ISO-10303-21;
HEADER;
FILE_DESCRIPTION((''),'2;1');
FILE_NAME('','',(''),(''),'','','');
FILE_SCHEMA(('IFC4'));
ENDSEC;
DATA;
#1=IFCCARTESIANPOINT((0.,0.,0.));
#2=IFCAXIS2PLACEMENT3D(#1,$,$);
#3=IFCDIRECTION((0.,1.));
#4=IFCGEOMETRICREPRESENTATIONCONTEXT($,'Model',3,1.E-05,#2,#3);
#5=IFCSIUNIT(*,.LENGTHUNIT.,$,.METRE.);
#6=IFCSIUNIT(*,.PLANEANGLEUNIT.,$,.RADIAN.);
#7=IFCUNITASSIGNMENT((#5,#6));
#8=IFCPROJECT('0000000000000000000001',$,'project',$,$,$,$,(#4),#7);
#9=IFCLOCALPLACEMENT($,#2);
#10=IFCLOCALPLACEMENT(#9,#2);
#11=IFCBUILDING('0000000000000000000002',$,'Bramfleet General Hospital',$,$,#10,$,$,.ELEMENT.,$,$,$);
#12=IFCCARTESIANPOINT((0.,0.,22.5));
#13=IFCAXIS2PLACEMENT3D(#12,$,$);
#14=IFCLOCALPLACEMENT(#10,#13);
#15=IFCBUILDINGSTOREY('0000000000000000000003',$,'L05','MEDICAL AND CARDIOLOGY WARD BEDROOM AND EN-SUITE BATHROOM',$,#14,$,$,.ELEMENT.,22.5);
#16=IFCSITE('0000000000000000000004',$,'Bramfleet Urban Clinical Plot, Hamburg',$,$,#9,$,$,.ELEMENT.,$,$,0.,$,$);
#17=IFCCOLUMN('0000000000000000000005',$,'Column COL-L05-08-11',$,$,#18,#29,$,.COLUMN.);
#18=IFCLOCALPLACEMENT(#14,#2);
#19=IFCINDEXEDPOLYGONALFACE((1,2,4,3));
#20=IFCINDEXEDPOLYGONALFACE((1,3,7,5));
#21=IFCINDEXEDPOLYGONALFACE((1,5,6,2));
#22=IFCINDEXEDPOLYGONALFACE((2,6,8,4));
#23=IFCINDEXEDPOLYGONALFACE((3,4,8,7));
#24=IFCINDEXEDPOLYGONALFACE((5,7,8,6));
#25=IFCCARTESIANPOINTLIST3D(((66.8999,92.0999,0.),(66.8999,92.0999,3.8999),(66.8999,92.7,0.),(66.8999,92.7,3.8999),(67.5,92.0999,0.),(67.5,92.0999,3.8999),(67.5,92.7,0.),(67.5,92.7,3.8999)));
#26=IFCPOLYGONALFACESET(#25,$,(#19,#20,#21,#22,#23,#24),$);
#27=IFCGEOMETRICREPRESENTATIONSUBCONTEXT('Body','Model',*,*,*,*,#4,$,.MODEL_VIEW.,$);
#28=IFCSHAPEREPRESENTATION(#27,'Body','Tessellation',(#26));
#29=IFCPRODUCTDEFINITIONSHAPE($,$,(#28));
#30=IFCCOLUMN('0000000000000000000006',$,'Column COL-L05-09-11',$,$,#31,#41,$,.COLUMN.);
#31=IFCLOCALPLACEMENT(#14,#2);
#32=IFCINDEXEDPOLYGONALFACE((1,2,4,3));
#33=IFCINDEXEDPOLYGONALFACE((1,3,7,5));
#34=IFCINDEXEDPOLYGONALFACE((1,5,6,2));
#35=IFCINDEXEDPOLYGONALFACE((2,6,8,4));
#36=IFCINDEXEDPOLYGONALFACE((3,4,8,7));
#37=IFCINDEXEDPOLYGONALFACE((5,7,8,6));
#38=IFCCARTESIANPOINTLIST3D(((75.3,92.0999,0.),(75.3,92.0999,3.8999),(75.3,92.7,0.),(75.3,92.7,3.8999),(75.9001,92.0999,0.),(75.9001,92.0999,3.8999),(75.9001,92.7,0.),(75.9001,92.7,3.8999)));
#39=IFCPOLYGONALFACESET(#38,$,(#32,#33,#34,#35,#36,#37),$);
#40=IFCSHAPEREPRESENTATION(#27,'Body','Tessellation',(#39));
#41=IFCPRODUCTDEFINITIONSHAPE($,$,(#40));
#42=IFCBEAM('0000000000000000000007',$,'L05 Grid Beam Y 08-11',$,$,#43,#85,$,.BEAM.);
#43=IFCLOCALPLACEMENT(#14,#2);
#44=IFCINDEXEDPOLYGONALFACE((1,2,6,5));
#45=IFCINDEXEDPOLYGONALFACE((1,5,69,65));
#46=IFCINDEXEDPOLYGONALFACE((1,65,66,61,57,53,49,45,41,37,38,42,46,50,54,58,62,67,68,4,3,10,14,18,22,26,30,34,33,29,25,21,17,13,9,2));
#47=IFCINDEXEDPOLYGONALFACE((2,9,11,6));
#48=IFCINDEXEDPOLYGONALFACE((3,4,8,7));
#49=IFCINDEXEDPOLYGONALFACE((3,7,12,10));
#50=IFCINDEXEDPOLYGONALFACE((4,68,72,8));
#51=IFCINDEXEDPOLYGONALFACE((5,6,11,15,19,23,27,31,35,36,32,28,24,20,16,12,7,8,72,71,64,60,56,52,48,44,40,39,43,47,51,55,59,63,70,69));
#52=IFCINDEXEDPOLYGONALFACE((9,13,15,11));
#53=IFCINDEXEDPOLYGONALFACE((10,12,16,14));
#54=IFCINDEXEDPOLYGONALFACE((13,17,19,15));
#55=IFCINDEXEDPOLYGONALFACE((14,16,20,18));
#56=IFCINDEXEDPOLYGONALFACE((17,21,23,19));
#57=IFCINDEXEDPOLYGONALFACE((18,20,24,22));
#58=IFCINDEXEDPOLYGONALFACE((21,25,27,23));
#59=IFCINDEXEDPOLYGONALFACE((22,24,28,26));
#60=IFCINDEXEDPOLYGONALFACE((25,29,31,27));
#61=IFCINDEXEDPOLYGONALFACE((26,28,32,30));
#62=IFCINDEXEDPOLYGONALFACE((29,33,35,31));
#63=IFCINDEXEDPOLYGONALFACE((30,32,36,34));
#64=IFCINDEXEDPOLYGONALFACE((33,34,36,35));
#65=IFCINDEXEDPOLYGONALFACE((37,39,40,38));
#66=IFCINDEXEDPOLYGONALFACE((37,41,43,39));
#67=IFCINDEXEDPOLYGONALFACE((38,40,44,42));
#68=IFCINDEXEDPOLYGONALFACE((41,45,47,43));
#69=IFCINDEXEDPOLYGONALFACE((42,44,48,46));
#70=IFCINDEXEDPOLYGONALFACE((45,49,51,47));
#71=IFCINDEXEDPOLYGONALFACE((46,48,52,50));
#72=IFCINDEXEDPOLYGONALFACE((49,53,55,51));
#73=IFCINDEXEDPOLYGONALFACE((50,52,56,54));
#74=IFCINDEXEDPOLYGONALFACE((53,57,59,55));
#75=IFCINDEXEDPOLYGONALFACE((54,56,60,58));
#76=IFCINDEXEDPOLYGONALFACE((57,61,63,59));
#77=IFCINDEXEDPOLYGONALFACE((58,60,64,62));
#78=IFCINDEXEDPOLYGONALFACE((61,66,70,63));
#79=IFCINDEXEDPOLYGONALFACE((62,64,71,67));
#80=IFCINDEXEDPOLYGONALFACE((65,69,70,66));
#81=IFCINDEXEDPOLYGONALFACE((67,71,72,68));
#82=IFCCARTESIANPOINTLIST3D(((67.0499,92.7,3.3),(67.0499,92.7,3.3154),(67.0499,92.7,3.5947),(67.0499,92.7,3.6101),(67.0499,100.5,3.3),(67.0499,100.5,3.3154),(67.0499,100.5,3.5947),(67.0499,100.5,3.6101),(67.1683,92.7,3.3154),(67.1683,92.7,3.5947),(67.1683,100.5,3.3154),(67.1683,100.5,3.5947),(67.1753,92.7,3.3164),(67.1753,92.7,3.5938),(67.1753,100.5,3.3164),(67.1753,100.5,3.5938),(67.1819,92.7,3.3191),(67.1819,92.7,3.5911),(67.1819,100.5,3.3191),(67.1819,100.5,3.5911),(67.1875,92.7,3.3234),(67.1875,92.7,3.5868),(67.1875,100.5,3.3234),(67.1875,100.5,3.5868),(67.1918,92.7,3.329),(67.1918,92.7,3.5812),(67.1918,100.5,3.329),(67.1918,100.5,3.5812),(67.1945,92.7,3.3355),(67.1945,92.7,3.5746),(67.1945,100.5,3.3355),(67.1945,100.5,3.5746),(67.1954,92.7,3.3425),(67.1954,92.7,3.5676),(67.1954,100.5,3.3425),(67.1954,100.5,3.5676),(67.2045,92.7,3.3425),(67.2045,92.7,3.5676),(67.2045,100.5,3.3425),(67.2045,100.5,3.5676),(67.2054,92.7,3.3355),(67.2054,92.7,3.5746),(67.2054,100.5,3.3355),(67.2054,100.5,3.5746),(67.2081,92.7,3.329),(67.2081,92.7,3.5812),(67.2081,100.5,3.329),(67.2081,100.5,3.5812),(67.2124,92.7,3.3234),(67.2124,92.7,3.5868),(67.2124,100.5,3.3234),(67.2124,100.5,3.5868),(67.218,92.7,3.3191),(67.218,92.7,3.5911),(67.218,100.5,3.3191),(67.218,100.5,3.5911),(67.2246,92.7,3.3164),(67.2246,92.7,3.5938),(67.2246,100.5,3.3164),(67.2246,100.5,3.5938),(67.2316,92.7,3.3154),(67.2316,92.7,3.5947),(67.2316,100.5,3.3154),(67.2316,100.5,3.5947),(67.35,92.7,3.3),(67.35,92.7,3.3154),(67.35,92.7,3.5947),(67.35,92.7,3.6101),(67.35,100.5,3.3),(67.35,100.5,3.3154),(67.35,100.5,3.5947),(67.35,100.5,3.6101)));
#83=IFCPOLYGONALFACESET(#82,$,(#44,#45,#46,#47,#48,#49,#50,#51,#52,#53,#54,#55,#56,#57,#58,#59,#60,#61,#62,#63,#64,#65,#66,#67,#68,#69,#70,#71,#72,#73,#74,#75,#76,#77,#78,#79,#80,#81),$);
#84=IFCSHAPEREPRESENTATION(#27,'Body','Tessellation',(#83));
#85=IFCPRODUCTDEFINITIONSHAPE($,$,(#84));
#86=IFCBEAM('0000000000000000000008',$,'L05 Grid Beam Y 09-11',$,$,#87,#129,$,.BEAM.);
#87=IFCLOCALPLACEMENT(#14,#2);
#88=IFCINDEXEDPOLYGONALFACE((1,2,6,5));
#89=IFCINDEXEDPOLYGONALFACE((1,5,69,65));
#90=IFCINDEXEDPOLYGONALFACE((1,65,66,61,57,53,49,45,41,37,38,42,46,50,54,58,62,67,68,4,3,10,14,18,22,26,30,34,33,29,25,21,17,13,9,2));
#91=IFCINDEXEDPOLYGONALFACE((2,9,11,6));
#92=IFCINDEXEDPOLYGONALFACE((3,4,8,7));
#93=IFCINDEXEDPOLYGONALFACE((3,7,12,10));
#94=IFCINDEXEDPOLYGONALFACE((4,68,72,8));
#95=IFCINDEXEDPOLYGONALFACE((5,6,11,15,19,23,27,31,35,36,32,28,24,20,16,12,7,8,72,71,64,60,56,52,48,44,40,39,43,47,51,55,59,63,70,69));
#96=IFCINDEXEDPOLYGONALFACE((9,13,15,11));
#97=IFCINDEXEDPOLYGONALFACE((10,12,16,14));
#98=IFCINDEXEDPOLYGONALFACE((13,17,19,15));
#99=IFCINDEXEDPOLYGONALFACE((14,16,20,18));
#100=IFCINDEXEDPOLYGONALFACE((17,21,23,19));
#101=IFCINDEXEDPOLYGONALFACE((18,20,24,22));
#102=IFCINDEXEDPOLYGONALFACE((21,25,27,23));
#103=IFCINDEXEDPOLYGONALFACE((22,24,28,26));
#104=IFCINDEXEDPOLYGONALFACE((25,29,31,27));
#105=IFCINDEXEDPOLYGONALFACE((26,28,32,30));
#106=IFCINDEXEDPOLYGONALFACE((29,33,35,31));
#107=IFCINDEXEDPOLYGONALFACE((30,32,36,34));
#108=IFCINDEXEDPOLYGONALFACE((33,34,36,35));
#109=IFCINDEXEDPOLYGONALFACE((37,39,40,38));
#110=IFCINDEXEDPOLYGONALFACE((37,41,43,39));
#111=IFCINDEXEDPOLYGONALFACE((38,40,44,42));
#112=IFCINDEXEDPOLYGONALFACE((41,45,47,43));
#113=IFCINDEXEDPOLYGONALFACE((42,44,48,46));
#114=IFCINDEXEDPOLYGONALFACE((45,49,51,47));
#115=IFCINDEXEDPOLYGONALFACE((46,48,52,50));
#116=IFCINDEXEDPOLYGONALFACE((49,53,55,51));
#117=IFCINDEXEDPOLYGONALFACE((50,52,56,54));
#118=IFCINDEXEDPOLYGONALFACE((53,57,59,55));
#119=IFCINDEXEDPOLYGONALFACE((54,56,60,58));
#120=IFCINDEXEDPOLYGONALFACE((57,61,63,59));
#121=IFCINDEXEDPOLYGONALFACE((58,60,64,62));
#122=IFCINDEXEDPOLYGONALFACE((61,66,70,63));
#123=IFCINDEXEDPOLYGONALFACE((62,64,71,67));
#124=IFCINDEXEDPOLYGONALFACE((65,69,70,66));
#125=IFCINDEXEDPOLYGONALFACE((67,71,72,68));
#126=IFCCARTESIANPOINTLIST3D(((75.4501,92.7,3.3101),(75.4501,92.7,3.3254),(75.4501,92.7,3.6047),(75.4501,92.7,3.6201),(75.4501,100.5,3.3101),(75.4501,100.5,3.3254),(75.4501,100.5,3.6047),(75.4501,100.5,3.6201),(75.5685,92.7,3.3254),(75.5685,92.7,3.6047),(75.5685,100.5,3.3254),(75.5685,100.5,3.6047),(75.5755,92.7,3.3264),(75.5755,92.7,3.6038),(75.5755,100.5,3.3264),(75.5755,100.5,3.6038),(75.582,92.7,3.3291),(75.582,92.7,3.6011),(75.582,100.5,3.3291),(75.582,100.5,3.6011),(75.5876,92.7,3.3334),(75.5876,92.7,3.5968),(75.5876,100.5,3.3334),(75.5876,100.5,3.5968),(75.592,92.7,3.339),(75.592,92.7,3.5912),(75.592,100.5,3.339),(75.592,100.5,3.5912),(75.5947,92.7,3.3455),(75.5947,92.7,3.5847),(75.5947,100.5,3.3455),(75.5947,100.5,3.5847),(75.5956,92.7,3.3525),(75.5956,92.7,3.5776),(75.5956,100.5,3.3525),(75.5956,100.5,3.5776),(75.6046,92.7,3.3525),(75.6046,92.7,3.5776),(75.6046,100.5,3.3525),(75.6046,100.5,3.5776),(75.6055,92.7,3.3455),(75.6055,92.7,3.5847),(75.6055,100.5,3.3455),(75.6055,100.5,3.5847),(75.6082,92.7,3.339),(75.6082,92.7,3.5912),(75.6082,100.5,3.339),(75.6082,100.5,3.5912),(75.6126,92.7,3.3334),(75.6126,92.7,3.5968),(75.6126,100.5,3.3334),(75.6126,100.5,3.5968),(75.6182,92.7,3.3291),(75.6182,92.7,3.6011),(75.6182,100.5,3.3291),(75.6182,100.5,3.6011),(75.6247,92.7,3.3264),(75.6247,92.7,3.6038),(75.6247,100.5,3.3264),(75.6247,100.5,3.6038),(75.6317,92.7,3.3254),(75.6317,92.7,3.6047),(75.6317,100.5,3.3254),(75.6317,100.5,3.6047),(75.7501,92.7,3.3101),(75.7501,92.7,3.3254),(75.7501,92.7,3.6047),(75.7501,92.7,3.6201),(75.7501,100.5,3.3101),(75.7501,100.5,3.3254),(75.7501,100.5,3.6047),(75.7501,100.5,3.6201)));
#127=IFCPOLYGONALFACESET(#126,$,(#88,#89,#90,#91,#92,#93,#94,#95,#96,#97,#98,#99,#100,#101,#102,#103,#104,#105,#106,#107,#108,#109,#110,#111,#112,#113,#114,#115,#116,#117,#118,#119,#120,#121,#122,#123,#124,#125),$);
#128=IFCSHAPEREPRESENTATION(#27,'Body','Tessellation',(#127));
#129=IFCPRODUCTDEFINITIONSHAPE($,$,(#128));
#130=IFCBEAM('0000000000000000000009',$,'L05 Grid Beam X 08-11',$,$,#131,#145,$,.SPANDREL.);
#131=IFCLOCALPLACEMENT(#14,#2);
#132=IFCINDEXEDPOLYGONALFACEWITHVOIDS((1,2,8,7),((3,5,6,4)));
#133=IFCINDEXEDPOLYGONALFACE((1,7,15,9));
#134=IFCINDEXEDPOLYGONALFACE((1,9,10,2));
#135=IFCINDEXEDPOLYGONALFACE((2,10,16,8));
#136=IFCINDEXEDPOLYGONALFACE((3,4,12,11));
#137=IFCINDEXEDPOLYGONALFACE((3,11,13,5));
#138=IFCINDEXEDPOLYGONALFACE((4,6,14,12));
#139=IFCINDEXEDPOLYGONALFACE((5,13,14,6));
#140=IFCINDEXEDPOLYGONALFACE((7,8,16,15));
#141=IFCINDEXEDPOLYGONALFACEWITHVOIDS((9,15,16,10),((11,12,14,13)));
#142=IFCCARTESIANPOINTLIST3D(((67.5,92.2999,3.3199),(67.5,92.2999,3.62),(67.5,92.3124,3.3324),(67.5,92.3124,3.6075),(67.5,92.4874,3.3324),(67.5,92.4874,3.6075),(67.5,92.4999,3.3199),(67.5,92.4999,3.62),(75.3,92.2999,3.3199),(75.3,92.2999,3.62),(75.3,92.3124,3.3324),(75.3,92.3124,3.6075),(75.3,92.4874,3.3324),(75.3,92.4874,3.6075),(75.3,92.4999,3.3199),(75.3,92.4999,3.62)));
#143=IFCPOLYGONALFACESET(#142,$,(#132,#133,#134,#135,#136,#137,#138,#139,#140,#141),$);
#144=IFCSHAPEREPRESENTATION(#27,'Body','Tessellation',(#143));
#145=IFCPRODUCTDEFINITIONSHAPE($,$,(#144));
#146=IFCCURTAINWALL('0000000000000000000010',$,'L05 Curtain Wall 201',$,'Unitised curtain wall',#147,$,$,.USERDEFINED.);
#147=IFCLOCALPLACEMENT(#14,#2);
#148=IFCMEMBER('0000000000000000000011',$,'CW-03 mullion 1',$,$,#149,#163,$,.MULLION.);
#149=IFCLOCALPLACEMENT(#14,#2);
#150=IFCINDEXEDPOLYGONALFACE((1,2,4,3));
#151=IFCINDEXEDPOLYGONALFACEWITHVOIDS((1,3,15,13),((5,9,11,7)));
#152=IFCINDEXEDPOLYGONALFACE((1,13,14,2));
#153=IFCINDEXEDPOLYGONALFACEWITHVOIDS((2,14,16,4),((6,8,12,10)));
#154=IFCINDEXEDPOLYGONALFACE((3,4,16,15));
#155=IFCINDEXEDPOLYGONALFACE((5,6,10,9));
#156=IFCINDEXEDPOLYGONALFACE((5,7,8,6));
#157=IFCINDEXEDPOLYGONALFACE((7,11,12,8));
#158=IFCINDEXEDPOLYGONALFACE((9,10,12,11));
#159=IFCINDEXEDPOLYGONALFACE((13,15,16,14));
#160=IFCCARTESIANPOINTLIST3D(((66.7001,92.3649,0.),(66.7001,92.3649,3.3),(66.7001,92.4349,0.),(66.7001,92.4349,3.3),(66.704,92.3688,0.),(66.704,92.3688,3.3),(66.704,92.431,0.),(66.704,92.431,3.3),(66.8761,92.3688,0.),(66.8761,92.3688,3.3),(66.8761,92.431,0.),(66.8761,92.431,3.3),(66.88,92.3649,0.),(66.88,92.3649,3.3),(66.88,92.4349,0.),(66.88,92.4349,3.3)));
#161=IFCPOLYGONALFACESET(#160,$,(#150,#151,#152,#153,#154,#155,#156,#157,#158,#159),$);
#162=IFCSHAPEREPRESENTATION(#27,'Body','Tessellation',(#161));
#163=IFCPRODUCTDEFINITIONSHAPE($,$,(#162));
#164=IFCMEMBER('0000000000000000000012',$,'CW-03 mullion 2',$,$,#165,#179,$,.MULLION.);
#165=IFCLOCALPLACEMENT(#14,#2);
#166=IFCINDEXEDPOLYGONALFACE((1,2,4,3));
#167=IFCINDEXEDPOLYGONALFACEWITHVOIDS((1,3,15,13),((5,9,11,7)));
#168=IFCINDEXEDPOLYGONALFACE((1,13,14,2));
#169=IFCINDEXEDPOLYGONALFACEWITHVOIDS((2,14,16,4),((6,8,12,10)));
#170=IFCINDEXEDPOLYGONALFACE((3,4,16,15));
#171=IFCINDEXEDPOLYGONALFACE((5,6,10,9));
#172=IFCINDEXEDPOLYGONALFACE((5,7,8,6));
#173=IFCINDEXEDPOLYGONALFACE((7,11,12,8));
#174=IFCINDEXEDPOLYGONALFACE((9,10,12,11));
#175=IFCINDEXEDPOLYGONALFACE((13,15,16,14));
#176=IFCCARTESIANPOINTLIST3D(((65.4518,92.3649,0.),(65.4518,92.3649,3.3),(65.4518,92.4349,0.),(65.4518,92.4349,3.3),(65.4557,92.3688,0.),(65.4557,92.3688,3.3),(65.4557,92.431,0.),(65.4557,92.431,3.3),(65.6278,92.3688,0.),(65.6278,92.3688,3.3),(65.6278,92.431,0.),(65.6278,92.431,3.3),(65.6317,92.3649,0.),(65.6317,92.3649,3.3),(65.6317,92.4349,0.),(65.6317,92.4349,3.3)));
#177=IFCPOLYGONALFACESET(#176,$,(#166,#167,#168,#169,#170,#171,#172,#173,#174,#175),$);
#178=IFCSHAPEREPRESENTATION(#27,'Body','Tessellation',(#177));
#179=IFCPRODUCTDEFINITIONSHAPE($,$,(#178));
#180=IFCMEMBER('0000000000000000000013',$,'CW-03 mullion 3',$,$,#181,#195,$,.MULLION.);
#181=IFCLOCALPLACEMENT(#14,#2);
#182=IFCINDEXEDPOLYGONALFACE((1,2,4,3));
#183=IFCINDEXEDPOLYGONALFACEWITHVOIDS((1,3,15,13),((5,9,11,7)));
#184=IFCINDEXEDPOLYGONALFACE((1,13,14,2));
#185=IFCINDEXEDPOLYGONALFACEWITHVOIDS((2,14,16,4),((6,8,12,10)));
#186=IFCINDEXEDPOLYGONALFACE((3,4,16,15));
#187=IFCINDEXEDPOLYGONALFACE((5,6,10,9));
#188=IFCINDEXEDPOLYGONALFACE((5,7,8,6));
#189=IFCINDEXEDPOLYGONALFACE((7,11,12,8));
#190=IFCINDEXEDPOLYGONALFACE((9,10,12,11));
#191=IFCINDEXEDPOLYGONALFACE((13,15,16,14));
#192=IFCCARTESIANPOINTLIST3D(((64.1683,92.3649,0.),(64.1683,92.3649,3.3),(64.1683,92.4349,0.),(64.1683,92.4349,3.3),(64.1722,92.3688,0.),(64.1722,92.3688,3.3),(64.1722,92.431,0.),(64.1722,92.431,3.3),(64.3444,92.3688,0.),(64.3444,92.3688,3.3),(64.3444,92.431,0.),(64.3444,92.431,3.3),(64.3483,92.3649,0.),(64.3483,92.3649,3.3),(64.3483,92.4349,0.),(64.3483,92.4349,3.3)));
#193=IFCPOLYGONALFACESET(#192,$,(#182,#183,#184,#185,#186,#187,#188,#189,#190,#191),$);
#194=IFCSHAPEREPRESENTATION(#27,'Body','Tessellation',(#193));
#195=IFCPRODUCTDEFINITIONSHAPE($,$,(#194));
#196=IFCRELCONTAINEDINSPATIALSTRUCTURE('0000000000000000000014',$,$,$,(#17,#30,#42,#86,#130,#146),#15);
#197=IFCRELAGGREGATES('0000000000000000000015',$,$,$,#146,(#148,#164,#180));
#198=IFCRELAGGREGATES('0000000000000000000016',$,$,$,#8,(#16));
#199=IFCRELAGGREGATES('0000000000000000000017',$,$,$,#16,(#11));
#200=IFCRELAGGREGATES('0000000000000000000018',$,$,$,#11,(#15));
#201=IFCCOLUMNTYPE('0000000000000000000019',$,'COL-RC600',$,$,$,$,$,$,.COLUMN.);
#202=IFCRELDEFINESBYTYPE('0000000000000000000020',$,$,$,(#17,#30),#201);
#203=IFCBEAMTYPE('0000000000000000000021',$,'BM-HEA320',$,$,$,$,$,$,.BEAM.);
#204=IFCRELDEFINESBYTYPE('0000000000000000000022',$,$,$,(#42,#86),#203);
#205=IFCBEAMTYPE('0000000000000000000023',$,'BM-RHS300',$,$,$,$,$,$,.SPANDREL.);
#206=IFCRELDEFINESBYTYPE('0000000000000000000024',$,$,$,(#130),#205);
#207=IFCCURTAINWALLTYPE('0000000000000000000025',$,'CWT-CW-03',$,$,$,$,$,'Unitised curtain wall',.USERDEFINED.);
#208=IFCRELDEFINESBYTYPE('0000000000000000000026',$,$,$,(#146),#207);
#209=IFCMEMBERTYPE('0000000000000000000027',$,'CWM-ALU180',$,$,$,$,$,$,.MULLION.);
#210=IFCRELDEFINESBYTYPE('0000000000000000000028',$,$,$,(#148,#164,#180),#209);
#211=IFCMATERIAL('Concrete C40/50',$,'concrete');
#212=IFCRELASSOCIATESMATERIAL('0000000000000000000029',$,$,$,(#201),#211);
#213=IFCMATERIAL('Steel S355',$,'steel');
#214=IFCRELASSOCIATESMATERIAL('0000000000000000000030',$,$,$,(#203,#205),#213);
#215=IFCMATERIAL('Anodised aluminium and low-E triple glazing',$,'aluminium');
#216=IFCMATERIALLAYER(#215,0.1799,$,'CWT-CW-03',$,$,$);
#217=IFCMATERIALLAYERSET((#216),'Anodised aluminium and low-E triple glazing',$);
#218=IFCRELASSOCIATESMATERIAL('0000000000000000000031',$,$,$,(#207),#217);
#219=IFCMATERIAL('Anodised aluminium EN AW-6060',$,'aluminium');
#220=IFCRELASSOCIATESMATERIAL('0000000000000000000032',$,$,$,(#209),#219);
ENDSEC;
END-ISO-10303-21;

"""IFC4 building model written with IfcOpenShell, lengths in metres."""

from ifc_helpers import new_model, si_unit, direction, frame, origin, origin_2d, place, context, subcontext, project, spatial, rectangle, hollow_rectangle, i_section, extrude, material, layer, layer_set, material_profile, profile_set, type_object, element, aggregate, save


model = new_model("IFC4")

# Units and contexts
model_context = context("Model", 3, precision=1e-05, world=origin(), true_north=direction((0.0, 1.0)))
body_context = subcontext(model_context, "Body", "Model", "MODEL_VIEW")
ifc_project = project(units=[si_unit("LENGTHUNIT", "METRE"), si_unit("PLANEANGLEUNIT", "RADIAN")], contexts=[model_context])

# Site, building, storey
site_placement = place(None, origin())
site = spatial("IfcSite", under=ifc_project, at=site_placement, Name="Bramfleet Urban Clinical Plot, Hamburg", CompositionType="ELEMENT", RefElevation=0.0)
building_placement = place(site_placement, origin())
building = spatial("IfcBuilding", under=site, at=building_placement, Name="Bramfleet General Hospital", CompositionType="ELEMENT")
storey_placement = place(building_placement, frame((0.0, 0.0, 22.5)))
storey = spatial("IfcBuildingStorey", under=building, at=storey_placement, Name="L05", Description="MEDICAL AND CARDIOLOGY WARD BEDROOM AND EN-SUITE BATHROOM", CompositionType="ELEMENT", Elevation=22.5)

# Columns
ifc_material_1 = material(Name="Concrete C40/50", Category="concrete")
ifc_material_profile_1 = material_profile(ifc_material_1, rectangle(XDim=0.6001, YDim=0.6001, at=origin_2d()), Name="RC COL 600x600")
ifc_profile_set_1 = profile_set([ifc_material_profile_1], Name="Concrete C40/50")
column_type = type_object("IfcColumnType", Name="COL-RC600", PredefinedType="COLUMN", material=ifc_profile_set_1)
for number, where, z_axis, x_axis, name in (
    (1, (67.2, 92.3999, 0.0), (0.0, 0.0, 1.0), (1.0, 0.0, 0.0), "Column COL-L05-08-11"),
    (2, (75.6001, 92.3999, 0.0), (0.0, 0.0, 1.0), (1.0, 0.0, 0.0), "Column COL-L05-09-11"),
):
    element("IfcColumn", number, at=place(storey_placement, frame(where, z_axis=z_axis, x_axis=x_axis)), inside=storey, type_object=column_type, Name=name, PredefinedType="COLUMN", context=body_context, shape_type="SweptSolid", body=[
        extrude(rectangle(XDim=0.6001, YDim=0.6001, at=origin_2d()), origin(), (0.0, 0.0, 1.0), 3.8999),
    ])

# Beams
ifc_material_2 = material(Name="Steel S355", Category="steel")
ifc_material_profile_2 = material_profile(ifc_material_2, i_section(OverallWidth=0.3, OverallDepth=0.3101, WebThickness=0.009, FlangeThickness=0.0154, FilletRadius=0.0271, at=origin_2d()), Name="HEA 320")
ifc_profile_set_2 = profile_set([ifc_material_profile_2], Name="Steel S355")
beam_type_1 = type_object("IfcBeamType", Name="BM-HEA320", PredefinedType="BEAM", material=ifc_profile_set_2)
for number, where, z_axis, x_axis, name in (
    (3, (67.2, 92.7, 3.4551), (0.0, 1.0, 0.0), (-1.0, 0.0, 0.0), "L05 Grid Beam Y 08-11"),
    (4, (75.6001, 92.7, 3.4651), (0.0, 1.0, 0.0), (-1.0, 0.0, 0.0), "L05 Grid Beam Y 09-11"),
):
    element("IfcBeam", number, at=place(storey_placement, frame(where, z_axis=z_axis, x_axis=x_axis)), inside=storey, type_object=beam_type_1, Name=name, PredefinedType="BEAM", context=body_context, shape_type="SweptSolid", body=[
        extrude(i_section(OverallWidth=0.3, OverallDepth=0.3101, WebThickness=0.009, FlangeThickness=0.0154, FilletRadius=0.0271, at=origin_2d()), origin(), (0.0, 0.0, 1.0), 7.8),
    ])
ifc_material_profile_3 = material_profile(ifc_material_2, hollow_rectangle(XDim=0.2, YDim=0.3, WallThickness=0.0125, at=origin_2d()), Name="RHS 300x200x12.5")
ifc_profile_set_3 = profile_set([ifc_material_profile_3], Name="Steel S355")
beam_type_2 = type_object("IfcBeamType", Name="BM-RHS300", PredefinedType="SPANDREL", material=ifc_profile_set_3)
beam_placement = place(storey_placement, frame((67.5, 92.3999, 3.47), z_axis=(1.0, 0.0, 0.0), x_axis=(0.0, 1.0, 0.0)))
element("IfcBeam", 5, at=beam_placement, inside=storey, type_object=beam_type_2, Name="L05 Grid Beam X 08-11", PredefinedType="SPANDREL", context=body_context, shape_type="SweptSolid", body=[
    extrude(hollow_rectangle(XDim=0.2, YDim=0.3, WallThickness=0.0125, at=origin_2d()), origin(), (0.0, 0.0, 1.0), 7.8),
])

# Curtain wall, members
ifc_material_3 = material(Name="Anodised aluminium and low-E triple glazing", Category="aluminium")
ifc_layer_1 = layer(ifc_material_3, 0.1799, Name="CWT-CW-03")
ifc_layer_set_1 = layer_set([ifc_layer_1], Name="Anodised aluminium and low-E triple glazing")
curtain_wall_type = type_object("IfcCurtainWallType", Name="CWT-CW-03", ElementType="Unitised curtain wall", PredefinedType="USERDEFINED", material=ifc_layer_set_1)
curtain_wall_placement = place(storey_placement, origin())
curtain_wall = element("IfcCurtainWall", 6, at=curtain_wall_placement, inside=storey, type_object=curtain_wall_type, Name="L05 Curtain Wall 201", ObjectType="Unitised curtain wall", PredefinedType="USERDEFINED")
ifc_material_4 = material(Name="Anodised aluminium EN AW-6060", Category="aluminium")
ifc_material_profile_4 = material_profile(ifc_material_4, hollow_rectangle(XDim=0.0701, YDim=0.1799, WallThickness=0.0039, at=origin_2d()), Name="ALU 180x70x4.0")
ifc_profile_set_4 = profile_set([ifc_material_profile_4], Name="Anodised aluminium EN AW-6060")
member_type_1 = type_object("IfcMemberType", Name="CWM-ALU180", PredefinedType="MULLION", material=ifc_profile_set_4)
member_1_placement = place(storey_placement, frame((66.79, 92.3999, 0.0), z_axis=(0.0, 0.0, 1.0), x_axis=(0.0, -1.0, 0.0)))
member_1 = element("IfcMember", 7, at=member_1_placement, type_object=member_type_1, Name="CW-03 mullion 1", PredefinedType="MULLION", context=body_context, shape_type="SweptSolid", body=[
    extrude(hollow_rectangle(XDim=0.0701, YDim=0.1799, WallThickness=0.0039, at=origin_2d()), origin(), (0.0, 0.0, 1.0), 3.3),
])
member_2_placement = place(storey_placement, frame((65.5417, 92.3999, 0.0), z_axis=(0.0, 0.0, 1.0), x_axis=(0.0, -1.0, 0.0)))
member_2 = element("IfcMember", 8, at=member_2_placement, type_object=member_type_1, Name="CW-03 mullion 2", PredefinedType="MULLION", context=body_context, shape_type="SweptSolid", body=[
    extrude(hollow_rectangle(XDim=0.0701, YDim=0.1799, WallThickness=0.0039, at=origin_2d()), origin(), (0.0, 0.0, 1.0), 3.3),
])
member_3_placement = place(storey_placement, frame((64.2583, 92.3999, 0.0), z_axis=(0.0, 0.0, 1.0), x_axis=(0.0, -1.0, 0.0)))
member_3 = element("IfcMember", 9, at=member_3_placement, type_object=member_type_1, Name="CW-03 mullion 3", PredefinedType="MULLION", context=body_context, shape_type="SweptSolid", body=[
    extrude(hollow_rectangle(XDim=0.0701, YDim=0.1799, WallThickness=0.0039, at=origin_2d()), origin(), (0.0, 0.0, 1.0), 3.3),
])
aggregate(curtain_wall, [member_1, member_2, member_3])

save(model, "model.ifc")
